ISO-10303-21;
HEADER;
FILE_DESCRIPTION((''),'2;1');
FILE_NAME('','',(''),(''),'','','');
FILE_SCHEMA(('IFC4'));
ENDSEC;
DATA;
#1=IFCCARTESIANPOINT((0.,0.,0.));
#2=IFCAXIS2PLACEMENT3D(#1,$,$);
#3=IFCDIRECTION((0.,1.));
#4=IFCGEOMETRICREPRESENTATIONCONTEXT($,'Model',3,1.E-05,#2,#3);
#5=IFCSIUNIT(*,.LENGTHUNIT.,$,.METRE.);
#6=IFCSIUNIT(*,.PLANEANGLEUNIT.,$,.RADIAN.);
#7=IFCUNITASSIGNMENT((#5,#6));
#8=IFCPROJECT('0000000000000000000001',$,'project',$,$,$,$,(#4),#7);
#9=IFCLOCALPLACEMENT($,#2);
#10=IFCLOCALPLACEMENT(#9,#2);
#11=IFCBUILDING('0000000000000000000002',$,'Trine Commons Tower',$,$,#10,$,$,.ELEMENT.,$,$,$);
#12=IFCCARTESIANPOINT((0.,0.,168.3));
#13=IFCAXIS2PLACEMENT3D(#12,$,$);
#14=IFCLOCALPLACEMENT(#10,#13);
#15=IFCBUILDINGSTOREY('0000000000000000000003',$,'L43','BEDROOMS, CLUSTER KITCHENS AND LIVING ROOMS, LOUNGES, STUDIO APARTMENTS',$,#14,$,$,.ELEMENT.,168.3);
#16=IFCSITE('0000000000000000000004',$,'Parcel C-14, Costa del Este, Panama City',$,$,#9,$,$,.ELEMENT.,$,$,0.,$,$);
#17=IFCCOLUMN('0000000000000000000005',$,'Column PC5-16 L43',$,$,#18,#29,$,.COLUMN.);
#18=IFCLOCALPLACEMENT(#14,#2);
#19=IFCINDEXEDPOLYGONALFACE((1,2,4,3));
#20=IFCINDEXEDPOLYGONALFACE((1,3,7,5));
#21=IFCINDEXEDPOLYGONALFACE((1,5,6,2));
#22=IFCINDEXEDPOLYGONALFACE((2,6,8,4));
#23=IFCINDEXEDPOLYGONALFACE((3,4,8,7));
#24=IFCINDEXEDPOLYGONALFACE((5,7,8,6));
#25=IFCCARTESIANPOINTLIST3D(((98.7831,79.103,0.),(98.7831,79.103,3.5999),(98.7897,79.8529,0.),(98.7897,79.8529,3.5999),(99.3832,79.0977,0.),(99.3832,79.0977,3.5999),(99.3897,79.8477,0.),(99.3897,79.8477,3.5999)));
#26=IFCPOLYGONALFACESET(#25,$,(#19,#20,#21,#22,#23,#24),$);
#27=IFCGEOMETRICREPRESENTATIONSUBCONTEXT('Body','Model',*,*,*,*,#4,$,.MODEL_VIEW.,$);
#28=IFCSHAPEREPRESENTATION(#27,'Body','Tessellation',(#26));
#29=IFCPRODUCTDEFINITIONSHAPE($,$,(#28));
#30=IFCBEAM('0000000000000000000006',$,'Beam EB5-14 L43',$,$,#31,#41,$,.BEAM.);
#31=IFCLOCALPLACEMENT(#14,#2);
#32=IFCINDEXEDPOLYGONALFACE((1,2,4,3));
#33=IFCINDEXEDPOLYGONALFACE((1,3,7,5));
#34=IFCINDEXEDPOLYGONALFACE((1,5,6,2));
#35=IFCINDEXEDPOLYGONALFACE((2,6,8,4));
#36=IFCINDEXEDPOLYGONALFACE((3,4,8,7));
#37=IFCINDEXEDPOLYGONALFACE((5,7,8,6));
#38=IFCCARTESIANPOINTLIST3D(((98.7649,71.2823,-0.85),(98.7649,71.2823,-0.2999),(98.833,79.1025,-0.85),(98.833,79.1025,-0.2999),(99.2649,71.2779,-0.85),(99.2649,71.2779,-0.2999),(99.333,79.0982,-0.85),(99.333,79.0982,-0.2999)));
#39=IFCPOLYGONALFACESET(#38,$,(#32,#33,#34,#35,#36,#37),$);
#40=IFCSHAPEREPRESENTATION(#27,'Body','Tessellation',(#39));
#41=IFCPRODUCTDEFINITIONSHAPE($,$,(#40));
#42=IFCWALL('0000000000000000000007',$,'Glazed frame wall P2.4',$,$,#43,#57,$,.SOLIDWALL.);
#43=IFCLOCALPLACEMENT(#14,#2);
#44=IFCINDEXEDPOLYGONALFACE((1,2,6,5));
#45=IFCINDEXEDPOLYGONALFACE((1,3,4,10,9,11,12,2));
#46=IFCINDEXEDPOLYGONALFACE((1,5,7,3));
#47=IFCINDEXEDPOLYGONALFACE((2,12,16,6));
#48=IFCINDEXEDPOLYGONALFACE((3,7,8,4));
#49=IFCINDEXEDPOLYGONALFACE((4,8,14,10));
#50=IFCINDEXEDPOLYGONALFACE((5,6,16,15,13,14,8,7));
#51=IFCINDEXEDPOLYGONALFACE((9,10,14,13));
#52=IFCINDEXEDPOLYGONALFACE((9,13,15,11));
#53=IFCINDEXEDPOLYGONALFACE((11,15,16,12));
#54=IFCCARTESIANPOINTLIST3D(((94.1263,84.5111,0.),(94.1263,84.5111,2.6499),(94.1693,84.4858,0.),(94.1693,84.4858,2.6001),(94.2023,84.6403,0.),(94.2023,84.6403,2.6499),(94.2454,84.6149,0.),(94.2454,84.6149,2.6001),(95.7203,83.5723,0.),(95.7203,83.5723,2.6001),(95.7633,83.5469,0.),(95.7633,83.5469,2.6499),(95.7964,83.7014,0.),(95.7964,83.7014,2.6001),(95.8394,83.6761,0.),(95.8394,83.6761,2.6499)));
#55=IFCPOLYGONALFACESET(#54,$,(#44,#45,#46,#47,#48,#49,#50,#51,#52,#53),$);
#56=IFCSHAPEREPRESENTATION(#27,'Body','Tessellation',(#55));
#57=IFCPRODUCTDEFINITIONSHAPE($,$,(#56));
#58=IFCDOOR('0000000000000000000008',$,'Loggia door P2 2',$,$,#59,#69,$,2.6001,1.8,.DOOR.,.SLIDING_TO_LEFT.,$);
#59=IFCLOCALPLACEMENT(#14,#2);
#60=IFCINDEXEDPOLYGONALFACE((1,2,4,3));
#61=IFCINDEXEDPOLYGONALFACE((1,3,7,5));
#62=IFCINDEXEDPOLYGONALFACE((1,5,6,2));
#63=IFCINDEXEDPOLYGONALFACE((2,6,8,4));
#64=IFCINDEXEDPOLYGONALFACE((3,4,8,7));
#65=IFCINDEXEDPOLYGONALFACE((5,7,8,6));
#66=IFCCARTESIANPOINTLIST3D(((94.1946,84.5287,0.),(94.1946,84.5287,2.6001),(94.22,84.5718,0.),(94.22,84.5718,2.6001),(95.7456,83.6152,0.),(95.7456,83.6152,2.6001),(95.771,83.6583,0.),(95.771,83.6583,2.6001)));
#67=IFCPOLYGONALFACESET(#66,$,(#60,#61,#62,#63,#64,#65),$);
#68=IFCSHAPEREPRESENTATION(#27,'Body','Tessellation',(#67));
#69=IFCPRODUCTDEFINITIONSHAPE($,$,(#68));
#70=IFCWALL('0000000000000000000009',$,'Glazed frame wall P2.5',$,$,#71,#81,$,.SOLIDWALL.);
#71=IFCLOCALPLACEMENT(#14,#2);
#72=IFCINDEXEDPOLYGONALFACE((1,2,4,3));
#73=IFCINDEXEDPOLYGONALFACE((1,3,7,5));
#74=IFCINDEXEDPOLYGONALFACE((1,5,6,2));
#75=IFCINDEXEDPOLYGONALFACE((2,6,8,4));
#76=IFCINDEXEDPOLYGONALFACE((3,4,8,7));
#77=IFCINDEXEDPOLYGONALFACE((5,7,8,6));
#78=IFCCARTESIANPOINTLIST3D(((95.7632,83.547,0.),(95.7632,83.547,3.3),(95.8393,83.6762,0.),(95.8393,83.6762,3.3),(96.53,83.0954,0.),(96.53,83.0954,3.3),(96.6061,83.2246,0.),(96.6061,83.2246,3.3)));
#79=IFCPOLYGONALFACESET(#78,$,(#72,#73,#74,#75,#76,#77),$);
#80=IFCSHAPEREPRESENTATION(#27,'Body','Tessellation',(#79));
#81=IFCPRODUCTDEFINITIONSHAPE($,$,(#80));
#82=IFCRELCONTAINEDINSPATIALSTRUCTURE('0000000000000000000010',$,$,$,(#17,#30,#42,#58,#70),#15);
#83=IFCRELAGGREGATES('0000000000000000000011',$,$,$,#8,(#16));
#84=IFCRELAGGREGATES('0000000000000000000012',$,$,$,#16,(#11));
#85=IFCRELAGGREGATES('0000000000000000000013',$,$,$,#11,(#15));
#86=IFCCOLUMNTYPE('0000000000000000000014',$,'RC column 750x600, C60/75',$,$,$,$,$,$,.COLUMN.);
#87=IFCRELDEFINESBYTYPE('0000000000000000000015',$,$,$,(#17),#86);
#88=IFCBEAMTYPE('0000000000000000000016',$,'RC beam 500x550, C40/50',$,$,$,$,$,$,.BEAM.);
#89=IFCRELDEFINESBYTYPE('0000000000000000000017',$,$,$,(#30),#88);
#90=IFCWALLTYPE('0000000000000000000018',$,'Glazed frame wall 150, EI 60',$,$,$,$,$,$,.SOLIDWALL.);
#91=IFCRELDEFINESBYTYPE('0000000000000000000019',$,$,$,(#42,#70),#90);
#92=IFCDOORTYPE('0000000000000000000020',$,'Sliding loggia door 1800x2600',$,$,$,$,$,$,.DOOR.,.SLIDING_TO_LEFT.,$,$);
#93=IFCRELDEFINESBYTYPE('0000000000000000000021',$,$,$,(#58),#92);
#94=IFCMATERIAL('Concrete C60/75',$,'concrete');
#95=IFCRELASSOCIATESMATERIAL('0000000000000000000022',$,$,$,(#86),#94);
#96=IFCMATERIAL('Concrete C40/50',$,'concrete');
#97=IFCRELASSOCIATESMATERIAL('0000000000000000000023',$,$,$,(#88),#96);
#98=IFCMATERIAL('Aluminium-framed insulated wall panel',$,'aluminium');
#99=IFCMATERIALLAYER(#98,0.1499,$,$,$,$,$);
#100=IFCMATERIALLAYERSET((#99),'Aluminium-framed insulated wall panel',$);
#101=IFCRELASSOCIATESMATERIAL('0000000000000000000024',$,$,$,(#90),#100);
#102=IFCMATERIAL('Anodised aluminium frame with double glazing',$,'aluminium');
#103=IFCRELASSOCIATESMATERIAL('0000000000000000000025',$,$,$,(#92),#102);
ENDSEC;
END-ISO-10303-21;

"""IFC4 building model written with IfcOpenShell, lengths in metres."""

from ifc_helpers import new_model, si_unit, direction, frame, frame_2d, origin, origin_2d, place, context, subcontext, project, spatial, polyline, rectangle, outline, extrude, material, layer, layer_set, material_profile, profile_set, type_object, element, fill, save


model = new_model("IFC4")

# Units and contexts
model_context = context("Model", 3, precision=1e-05, world=origin(), true_north=direction((0.0, 1.0)))
body_context = subcontext(model_context, "Body", "Model", "MODEL_VIEW")
ifc_project = project(units=[si_unit("LENGTHUNIT", "METRE"), si_unit("PLANEANGLEUNIT", "RADIAN")], contexts=[model_context])

# Site, building, storey
site_placement = place(None, origin())
site = spatial("IfcSite", under=ifc_project, at=site_placement, Name="Parcel C-14, Costa del Este, Panama City", CompositionType="ELEMENT", RefElevation=0.0)
building_placement = place(site_placement, origin())
building = spatial("IfcBuilding", under=site, at=building_placement, Name="Trine Commons Tower", CompositionType="ELEMENT")
storey_placement = place(building_placement, frame((0.0, 0.0, 168.3)))
storey = spatial("IfcBuildingStorey", under=building, at=storey_placement, Name="L43", Description="BEDROOMS, CLUSTER KITCHENS AND LIVING ROOMS, LOUNGES, STUDIO APARTMENTS", CompositionType="ELEMENT", Elevation=168.3)

# Column
ifc_material_1 = material(Name="Concrete C60/75", Category="concrete")
ifc_material_profile_1 = material_profile(ifc_material_1, rectangle(XDim=0.75, YDim=0.6001, at=origin_2d()), Name="RC 750x600")
ifc_profile_set_1 = profile_set([ifc_material_profile_1], Name="Concrete C60/75")
column_type = type_object("IfcColumnType", Name="RC column 750x600, C60/75", PredefinedType="COLUMN", material=ifc_profile_set_1)
column_placement = place(storey_placement, frame((99.0864, 79.4753, 0.0), z_axis=(0.0, 0.0, 1.0), x_axis=(0.008727, 0.999962, 0.0)))
element("IfcColumn", 1, at=column_placement, inside=storey, type_object=column_type, Name="Column PC5-16 L43", PredefinedType="COLUMN", context=body_context, shape_type="SweptSolid", body=[
    extrude(rectangle(XDim=0.75, YDim=0.6001, at=origin_2d()), origin(), (0.0, 0.0, 1.0), 3.5999),
])

# Beam
ifc_material_2 = material(Name="Concrete C40/50", Category="concrete")
ifc_material_profile_2 = material_profile(ifc_material_2, rectangle(XDim=0.5, YDim=0.55, at=origin_2d()), Name="RC 500x550")
ifc_profile_set_2 = profile_set([ifc_material_profile_2], Name="Concrete C40/50")
beam_type = type_object("IfcBeamType", Name="RC beam 500x550, C40/50", PredefinedType="BEAM", material=ifc_profile_set_2)
beam_placement = place(storey_placement, frame((99.083, 79.1003, -0.575), z_axis=(-0.00871, -0.999962, 0.0), x_axis=(0.999962, -0.00871, 0.0)))
element("IfcBeam", 2, at=beam_placement, inside=storey, type_object=beam_type, Name="Beam EB5-14 L43", PredefinedType="BEAM", context=body_context, shape_type="SweptSolid", body=[
    extrude(rectangle(XDim=0.5, YDim=0.55, at=origin_2d()), origin(), (0.0, 0.0, 1.0), 7.8206),
])

# Wall, opening, door
ifc_material_3 = material(Name="Aluminium-framed insulated wall panel", Category="aluminium")
ifc_layer = layer(ifc_material_3, 0.1499)
ifc_layer_set = layer_set([ifc_layer], Name="Aluminium-framed insulated wall panel")
wall_type = type_object("IfcWallType", Name="Glazed frame wall 150, EI 60", PredefinedType="SOLIDWALL", material=ifc_layer_set)
wall_1_placement = place(storey_placement, frame((94.1643, 84.5757, 0.0), z_axis=(0.0, 0.0, 1.0), x_axis=(0.86166, -0.507486, 0.0)))
wall_1 = element("IfcWall", 3, at=wall_1_placement, inside=storey, type_object=wall_type, Name="Glazed frame wall P2.4", PredefinedType="SOLIDWALL", context=body_context, shape_type="SweptSolid", body=[
    extrude(outline(polyline([(0.0, -0.075), (1.8999, -0.075), (1.8999, 0.075), (0.0, 0.075), (0.0, -0.075)])), origin(), (0.0, 0.0, 1.0), 2.6499),
])
opening_1_placement = place(wall_1_placement, frame((0.05, 0.0, 0.0)))
opening_1 = element("IfcOpeningElement", 4, at=opening_1_placement, cuts=wall_1, PredefinedType="OPENING", context=body_context, shape_type="SweptSolid", body=[
    extrude(rectangle(XDim=1.8, YDim=2.6001, at=frame_2d((0.8999, 1.3))), frame((0.0, 0.085, 0.0), z_axis=(0.0, -1.0, 0.0), x_axis=(1.0, 0.0, 0.0)), (0.0, 0.0, 1.0), 0.1699),
])
ifc_material_4 = material(Name="Anodised aluminium frame with double glazing", Category="aluminium")
door_type = type_object("IfcDoorType", Name="Sliding loggia door 1800x2600", OperationType="SLIDING_TO_LEFT", PredefinedType="DOOR", material=ifc_material_4)
door_1_placement = place(opening_1_placement, origin())
door_1 = element("IfcDoor", 5, at=door_1_placement, inside=storey, type_object=door_type, Name="Loggia door P2 2", OperationType="SLIDING_TO_LEFT", OverallHeight=2.6001, OverallWidth=1.8, PredefinedType="DOOR", context=body_context, shape_type="SweptSolid", body=[
    extrude(rectangle(XDim=1.8, YDim=2.6001, at=frame_2d((0.8999, 1.3))), frame((0.0, 0.0249, 0.0), z_axis=(0.0, -1.0, 0.0), x_axis=(1.0, 0.0, 0.0)), (0.0, 0.0, 1.0), 0.05),
])
fill(opening_1, door_1)

# Wall
wall_2_placement = place(storey_placement, frame((95.8013, 83.6116, 0.0), z_axis=(0.0, 0.0, 1.0), x_axis=(0.861664, -0.507479, 0.0)))
element("IfcWall", 6, at=wall_2_placement, inside=storey, type_object=wall_type, Name="Glazed frame wall P2.5", PredefinedType="SOLIDWALL", context=body_context, shape_type="SweptSolid", body=[
    extrude(outline(polyline([(0.8899, 0.075), (0.0, 0.075), (0.0, -0.075), (0.8899, -0.075), (0.8899, 0.075)])), origin(), (0.0, 0.0, 1.0), 3.3),
])

save(model, "model.ifc")
